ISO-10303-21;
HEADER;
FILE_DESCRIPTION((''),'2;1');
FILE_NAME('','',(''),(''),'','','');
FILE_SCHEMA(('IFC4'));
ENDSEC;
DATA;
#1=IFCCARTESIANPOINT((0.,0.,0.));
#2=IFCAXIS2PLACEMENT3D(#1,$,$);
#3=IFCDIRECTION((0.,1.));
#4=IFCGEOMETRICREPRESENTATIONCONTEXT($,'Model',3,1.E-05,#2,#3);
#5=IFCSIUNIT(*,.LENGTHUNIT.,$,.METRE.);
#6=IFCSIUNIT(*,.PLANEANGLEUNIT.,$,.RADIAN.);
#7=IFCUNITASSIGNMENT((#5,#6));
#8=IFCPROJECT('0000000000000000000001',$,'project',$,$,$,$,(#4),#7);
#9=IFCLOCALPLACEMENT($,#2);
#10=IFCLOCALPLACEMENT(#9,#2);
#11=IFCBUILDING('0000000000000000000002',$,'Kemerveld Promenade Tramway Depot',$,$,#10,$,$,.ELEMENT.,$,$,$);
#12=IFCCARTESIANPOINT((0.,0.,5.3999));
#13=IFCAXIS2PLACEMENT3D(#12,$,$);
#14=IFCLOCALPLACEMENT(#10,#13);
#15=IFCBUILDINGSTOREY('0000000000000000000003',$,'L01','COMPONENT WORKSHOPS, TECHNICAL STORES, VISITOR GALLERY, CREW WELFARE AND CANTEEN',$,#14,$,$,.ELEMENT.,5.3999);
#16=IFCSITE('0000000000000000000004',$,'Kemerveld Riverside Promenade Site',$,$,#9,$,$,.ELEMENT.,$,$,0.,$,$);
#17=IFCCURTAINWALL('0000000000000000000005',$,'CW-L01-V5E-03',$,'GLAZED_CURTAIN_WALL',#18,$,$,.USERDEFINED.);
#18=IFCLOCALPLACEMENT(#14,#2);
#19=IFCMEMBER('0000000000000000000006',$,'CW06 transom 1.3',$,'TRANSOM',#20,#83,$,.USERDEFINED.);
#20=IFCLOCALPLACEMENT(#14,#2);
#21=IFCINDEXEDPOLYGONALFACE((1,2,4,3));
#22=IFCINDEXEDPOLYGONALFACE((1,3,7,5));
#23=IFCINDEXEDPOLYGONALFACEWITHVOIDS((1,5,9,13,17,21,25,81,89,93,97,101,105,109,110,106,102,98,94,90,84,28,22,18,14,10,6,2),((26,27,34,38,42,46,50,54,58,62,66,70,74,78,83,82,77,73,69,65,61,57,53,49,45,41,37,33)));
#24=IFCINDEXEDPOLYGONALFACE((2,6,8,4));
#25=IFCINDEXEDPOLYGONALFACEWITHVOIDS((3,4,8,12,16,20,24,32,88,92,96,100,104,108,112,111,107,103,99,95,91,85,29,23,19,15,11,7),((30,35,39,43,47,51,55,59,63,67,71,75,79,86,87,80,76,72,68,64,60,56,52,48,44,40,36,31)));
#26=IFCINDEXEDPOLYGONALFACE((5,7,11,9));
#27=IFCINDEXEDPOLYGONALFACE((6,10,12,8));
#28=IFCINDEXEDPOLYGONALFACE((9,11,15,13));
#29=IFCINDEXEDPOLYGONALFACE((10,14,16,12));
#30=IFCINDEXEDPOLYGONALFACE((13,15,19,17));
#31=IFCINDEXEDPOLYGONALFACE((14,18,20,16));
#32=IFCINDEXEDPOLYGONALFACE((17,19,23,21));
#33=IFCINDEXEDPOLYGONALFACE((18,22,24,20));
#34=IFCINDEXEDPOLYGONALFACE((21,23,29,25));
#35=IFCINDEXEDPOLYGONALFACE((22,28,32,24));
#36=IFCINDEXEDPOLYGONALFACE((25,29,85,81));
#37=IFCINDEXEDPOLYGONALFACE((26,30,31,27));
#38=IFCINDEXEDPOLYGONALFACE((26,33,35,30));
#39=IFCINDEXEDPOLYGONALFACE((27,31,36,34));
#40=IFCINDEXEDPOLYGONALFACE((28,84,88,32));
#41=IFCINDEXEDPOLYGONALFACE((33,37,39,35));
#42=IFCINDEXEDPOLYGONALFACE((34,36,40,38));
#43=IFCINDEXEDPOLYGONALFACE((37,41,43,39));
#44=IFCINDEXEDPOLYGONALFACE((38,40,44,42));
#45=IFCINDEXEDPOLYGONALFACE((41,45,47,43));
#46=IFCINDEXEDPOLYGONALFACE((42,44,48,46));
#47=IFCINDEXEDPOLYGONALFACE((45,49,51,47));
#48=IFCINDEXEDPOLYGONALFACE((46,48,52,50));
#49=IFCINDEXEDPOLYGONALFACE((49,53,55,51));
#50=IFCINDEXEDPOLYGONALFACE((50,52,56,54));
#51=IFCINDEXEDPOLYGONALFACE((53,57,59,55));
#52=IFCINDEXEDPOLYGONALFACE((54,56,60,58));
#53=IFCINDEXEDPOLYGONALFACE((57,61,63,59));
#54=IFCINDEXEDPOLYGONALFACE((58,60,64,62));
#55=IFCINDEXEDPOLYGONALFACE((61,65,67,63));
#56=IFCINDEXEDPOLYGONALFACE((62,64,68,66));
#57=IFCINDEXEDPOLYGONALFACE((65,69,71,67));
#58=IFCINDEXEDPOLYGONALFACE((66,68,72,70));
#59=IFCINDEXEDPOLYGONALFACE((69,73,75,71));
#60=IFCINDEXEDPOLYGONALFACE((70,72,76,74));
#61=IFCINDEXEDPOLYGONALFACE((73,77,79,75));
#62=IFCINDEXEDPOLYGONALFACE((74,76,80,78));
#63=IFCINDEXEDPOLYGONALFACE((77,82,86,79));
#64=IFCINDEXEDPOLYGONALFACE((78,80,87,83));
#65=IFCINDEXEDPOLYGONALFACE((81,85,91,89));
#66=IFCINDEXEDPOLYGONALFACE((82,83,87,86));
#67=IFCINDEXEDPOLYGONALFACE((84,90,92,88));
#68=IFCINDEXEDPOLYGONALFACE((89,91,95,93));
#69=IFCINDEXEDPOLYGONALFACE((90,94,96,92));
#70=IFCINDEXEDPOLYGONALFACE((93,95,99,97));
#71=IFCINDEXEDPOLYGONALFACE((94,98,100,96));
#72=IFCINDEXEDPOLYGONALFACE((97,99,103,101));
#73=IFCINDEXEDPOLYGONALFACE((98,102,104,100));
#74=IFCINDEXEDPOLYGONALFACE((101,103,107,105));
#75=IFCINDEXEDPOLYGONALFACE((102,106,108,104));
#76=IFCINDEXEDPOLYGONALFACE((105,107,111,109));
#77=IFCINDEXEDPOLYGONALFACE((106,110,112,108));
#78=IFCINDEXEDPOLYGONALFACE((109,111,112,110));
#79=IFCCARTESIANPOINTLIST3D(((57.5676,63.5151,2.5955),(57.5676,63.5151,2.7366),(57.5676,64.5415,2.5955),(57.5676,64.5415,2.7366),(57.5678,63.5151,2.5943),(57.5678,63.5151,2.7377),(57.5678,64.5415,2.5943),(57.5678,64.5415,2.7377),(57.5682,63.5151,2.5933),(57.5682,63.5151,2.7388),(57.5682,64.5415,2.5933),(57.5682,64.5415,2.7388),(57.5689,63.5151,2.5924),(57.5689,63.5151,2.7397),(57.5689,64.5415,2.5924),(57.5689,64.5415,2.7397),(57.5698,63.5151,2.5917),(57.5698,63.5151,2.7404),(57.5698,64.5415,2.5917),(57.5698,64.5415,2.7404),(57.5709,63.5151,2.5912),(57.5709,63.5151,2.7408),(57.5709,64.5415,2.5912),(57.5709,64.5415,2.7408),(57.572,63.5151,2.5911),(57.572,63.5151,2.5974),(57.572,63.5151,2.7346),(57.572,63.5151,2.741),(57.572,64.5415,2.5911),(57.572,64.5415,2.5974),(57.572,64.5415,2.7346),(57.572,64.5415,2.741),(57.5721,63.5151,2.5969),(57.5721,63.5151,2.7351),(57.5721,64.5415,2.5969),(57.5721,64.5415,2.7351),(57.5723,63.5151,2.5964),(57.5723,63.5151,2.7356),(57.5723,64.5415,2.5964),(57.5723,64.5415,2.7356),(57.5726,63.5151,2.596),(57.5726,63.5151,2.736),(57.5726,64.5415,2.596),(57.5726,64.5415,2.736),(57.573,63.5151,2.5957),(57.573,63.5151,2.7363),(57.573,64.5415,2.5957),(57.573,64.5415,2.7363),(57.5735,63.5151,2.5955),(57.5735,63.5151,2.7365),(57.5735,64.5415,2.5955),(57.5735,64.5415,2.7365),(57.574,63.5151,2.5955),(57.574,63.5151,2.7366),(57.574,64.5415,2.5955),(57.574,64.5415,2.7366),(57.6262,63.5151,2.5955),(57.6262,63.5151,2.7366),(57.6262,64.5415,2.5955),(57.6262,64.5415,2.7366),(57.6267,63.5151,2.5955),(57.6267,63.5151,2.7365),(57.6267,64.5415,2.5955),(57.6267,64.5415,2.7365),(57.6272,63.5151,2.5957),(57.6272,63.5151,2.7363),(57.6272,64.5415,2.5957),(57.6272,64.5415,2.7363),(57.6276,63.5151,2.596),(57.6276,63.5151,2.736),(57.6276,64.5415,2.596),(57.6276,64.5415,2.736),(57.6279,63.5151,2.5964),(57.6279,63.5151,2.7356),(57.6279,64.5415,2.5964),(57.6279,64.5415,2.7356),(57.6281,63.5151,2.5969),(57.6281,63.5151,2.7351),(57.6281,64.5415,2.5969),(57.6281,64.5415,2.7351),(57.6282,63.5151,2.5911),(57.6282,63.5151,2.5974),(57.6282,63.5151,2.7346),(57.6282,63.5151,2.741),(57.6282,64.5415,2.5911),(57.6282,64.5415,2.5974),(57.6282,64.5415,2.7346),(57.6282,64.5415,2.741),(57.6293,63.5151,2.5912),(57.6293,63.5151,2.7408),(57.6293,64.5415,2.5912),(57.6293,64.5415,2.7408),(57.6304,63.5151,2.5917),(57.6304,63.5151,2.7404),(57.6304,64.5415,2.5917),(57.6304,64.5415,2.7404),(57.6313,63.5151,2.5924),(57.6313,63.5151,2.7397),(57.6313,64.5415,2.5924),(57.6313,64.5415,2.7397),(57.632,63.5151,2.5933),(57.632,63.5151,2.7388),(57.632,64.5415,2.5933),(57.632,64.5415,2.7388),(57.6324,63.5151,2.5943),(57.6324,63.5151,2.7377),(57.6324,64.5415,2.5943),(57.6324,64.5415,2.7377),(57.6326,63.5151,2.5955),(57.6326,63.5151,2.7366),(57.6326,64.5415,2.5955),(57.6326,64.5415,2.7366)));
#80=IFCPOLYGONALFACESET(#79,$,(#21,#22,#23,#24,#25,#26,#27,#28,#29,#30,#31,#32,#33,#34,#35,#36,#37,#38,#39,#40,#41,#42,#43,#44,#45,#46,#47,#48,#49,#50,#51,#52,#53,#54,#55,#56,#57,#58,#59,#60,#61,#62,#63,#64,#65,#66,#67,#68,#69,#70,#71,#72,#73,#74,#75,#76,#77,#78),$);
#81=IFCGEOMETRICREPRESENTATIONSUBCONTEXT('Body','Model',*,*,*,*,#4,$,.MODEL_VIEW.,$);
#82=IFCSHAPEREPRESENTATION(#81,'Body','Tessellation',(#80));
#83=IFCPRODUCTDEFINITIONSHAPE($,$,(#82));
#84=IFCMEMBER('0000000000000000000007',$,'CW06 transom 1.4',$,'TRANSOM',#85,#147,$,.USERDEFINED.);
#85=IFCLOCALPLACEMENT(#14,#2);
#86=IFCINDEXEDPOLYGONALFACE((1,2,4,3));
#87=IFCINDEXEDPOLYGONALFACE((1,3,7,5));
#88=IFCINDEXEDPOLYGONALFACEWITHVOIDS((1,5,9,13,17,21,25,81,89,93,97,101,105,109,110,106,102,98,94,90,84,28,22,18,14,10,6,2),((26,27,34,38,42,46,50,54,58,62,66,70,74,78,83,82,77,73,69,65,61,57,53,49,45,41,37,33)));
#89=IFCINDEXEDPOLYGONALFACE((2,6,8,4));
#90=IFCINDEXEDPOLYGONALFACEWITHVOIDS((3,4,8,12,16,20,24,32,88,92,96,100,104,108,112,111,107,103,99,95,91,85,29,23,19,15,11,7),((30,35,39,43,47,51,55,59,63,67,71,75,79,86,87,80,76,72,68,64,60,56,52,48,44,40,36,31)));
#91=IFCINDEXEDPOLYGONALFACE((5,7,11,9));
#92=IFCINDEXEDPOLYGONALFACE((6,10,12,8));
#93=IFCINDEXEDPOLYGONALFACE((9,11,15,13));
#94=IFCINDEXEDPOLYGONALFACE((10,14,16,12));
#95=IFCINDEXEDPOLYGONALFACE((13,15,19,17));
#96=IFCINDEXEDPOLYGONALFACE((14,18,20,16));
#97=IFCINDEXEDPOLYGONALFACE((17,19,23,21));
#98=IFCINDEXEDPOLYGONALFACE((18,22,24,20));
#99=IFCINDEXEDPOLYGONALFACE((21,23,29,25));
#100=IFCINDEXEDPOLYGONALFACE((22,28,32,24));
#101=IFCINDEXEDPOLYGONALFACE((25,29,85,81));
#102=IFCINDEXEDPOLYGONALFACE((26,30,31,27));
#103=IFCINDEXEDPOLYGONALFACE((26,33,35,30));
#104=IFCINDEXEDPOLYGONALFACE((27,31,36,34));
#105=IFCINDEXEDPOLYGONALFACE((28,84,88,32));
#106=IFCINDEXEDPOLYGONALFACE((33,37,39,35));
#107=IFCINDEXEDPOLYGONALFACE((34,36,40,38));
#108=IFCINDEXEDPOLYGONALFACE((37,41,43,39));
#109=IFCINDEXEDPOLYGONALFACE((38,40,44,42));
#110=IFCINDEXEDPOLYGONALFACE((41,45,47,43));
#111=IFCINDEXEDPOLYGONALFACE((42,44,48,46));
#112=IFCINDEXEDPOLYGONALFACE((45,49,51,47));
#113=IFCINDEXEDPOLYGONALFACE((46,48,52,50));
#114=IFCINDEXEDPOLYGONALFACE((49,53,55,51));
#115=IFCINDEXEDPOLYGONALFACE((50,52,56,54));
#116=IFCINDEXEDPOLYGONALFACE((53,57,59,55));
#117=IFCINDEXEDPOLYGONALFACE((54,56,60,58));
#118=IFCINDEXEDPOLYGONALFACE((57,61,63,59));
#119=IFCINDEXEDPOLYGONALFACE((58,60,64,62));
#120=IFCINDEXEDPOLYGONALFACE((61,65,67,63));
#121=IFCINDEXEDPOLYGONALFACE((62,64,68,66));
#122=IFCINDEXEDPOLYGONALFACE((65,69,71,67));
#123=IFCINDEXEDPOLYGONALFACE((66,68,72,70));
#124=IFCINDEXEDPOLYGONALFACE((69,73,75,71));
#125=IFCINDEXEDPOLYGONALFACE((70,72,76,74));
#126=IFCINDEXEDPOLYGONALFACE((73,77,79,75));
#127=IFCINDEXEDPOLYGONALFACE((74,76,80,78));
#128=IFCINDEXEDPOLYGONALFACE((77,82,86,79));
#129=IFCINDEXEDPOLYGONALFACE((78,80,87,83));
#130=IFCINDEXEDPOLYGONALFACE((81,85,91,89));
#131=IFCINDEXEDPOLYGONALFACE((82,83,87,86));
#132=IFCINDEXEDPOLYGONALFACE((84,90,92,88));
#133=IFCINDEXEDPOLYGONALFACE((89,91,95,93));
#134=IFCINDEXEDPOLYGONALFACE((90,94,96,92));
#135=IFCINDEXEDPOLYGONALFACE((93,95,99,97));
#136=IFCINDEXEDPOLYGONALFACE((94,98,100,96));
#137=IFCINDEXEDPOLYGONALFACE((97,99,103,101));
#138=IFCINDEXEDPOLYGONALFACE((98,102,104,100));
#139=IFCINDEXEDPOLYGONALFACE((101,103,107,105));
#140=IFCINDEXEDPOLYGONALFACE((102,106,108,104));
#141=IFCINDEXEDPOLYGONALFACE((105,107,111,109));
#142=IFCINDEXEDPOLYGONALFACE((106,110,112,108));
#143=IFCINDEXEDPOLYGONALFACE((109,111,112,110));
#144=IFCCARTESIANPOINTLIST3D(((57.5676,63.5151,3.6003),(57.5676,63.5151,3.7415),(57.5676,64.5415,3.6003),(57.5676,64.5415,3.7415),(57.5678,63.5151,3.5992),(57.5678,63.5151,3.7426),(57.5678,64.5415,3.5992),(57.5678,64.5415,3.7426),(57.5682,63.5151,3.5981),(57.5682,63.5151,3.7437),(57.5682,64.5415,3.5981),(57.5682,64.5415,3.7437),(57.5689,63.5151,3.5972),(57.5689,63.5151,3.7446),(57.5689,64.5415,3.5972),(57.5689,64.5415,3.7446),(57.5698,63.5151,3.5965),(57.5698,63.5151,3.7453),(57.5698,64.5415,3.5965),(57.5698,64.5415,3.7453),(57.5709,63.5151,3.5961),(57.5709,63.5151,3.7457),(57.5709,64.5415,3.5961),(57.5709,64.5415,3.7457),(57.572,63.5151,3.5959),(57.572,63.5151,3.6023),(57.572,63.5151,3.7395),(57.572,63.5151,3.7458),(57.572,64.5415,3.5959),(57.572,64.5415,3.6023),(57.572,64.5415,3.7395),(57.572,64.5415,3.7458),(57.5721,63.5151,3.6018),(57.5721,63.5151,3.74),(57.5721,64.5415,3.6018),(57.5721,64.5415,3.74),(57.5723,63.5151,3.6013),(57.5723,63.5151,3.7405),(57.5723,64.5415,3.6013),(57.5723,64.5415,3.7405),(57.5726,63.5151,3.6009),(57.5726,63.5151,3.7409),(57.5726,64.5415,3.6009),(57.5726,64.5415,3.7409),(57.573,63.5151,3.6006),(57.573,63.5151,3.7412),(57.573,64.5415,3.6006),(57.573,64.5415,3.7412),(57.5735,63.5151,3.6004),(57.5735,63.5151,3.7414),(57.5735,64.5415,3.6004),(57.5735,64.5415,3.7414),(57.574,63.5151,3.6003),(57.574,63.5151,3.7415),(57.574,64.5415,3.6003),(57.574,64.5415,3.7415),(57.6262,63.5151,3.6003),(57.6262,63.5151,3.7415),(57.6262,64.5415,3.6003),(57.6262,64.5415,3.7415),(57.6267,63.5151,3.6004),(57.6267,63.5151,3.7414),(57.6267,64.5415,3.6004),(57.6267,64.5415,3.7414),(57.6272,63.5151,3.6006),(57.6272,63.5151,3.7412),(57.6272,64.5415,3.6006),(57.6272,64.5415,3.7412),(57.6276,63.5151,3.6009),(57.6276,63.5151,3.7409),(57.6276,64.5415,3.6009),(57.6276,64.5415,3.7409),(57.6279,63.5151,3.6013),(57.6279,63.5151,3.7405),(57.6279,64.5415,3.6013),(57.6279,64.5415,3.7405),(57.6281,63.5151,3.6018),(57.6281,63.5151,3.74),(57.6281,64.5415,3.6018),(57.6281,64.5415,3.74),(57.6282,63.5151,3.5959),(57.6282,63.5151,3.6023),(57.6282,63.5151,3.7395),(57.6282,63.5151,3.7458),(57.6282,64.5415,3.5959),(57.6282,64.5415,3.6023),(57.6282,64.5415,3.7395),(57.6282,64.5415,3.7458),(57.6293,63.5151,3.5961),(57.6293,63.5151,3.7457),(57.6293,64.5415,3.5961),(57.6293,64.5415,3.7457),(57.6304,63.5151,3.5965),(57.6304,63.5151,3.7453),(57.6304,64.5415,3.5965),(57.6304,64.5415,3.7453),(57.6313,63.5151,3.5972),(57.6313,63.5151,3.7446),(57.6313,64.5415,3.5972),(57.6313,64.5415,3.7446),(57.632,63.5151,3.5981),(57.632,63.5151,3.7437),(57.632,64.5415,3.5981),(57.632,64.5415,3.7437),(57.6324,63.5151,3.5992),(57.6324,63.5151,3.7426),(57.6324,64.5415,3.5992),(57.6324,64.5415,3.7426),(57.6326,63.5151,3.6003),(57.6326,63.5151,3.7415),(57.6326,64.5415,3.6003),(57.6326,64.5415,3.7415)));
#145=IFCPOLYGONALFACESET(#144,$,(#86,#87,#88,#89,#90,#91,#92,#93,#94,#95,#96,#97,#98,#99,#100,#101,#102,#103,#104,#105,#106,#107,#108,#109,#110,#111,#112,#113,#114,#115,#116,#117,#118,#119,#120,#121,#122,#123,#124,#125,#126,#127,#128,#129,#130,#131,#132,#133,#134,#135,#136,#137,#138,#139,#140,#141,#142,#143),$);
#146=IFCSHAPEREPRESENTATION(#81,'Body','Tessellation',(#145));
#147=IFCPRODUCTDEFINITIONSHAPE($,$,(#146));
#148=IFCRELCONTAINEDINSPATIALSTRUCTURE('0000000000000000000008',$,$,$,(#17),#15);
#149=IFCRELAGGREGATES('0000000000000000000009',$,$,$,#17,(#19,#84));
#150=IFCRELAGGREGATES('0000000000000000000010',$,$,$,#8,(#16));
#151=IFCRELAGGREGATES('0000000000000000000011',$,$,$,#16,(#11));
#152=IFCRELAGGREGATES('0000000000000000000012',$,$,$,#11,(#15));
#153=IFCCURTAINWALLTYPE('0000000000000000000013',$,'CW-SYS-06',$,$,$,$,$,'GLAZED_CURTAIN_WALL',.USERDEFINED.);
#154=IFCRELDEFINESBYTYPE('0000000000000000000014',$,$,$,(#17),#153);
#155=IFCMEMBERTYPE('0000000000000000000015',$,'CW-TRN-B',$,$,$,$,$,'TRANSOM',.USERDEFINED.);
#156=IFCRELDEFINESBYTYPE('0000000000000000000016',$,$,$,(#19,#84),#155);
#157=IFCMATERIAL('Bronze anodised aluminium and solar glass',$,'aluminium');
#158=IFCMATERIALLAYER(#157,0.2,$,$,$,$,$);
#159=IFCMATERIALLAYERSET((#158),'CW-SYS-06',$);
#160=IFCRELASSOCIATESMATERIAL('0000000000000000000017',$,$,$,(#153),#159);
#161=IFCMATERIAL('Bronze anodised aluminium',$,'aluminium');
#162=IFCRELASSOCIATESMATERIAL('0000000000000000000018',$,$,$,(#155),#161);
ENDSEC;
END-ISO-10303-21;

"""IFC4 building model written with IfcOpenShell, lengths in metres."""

from ifc_helpers import new_model, si_unit, direction, frame, origin, origin_2d, place, context, subcontext, project, spatial, hollow_rectangle, extrude, material, layer, layer_set, material_profile, profile_set, type_object, element, aggregate, save


model = new_model("IFC4")

# Units and contexts
model_context = context("Model", 3, precision=1e-05, world=origin(), true_north=direction((0.0, 1.0)))
body_context = subcontext(model_context, "Body", "Model", "MODEL_VIEW")
ifc_project = project(units=[si_unit("LENGTHUNIT", "METRE"), si_unit("PLANEANGLEUNIT", "RADIAN")], contexts=[model_context])

# Site, building, storey
site_placement = place(None, origin())
site = spatial("IfcSite", under=ifc_project, at=site_placement, Name="Kemerveld Riverside Promenade Site", CompositionType="ELEMENT", RefElevation=0.0)
building_placement = place(site_placement, origin())
building = spatial("IfcBuilding", under=site, at=building_placement, Name="Kemerveld Promenade Tramway Depot", CompositionType="ELEMENT")
storey_placement = place(building_placement, frame((0.0, 0.0, 5.3999)))
storey = spatial("IfcBuildingStorey", under=building, at=storey_placement, Name="L01", Description="COMPONENT WORKSHOPS, TECHNICAL STORES, VISITOR GALLERY, CREW WELFARE AND CANTEEN", CompositionType="ELEMENT", Elevation=5.3999)

# Shared definitions
ifc_material_1 = material(Name="Bronze anodised aluminium and solar glass", Category="aluminium")
ifc_material_2 = material(Name="Bronze anodised aluminium", Category="aluminium")

# Curtain wall
ifc_layer_1 = layer(ifc_material_1, 0.2)
ifc_layer_set_1 = layer_set([ifc_layer_1], Name="CW-SYS-06")
curtain_wall_type_1 = type_object("IfcCurtainWallType", Name="CW-SYS-06", ElementType="GLAZED_CURTAIN_WALL", PredefinedType="USERDEFINED", material=ifc_layer_set_1)
curtain_wall_1_placement = place(storey_placement, origin())
curtain_wall_1 = element("IfcCurtainWall", 1, at=curtain_wall_1_placement, inside=storey, type_object=curtain_wall_type_1, Name="CW-L01-V5E-03", ObjectType="GLAZED_CURTAIN_WALL", PredefinedType="USERDEFINED")

# Members
ifc_material_profile_1 = material_profile(ifc_material_2, hollow_rectangle(XDim=0.0649, YDim=0.1499, WallThickness=0.0044, InnerFilletRadius=0.002, OuterFilletRadius=0.0044, at=origin_2d()), Name="CW-TRN-150x65")
ifc_profile_set_1 = profile_set([ifc_material_profile_1], Name="Bronze anodised aluminium")
member_type_1 = type_object("IfcMemberType", Name="CW-TRN-B", ElementType="TRANSOM", PredefinedType="USERDEFINED", material=ifc_profile_set_1)
member_1_placement = place(storey_placement, frame((57.6001, 64.5415, 2.666), z_axis=(0.0, -1.0, 0.0), x_axis=(1.0, 0.0, 0.0)))
member_1 = element("IfcMember", 2, at=member_1_placement, type_object=member_type_1, Name="CW06 transom 1.3", ObjectType="TRANSOM", PredefinedType="USERDEFINED", context=body_context, shape_type="SweptSolid", body=[
    extrude(hollow_rectangle(XDim=0.0649, YDim=0.1499, WallThickness=0.0044, InnerFilletRadius=0.002, OuterFilletRadius=0.0044, at=origin_2d()), origin(), (0.0, 0.0, 1.0), 1.0264),
])
member_2_placement = place(storey_placement, frame((57.6001, 64.5415, 3.6709), z_axis=(0.0, -1.0, 0.0), x_axis=(1.0, 0.0, 0.0)))
member_2 = element("IfcMember", 3, at=member_2_placement, type_object=member_type_1, Name="CW06 transom 1.4", ObjectType="TRANSOM", PredefinedType="USERDEFINED", context=body_context, shape_type="SweptSolid", body=[
    extrude(hollow_rectangle(XDim=0.0649, YDim=0.1499, WallThickness=0.0044, InnerFilletRadius=0.002, OuterFilletRadius=0.0044, at=origin_2d()), origin(), (0.0, 0.0, 1.0), 1.0264),
])

aggregate(curtain_wall_1, [member_1, member_2])

save(model, "model.ifc")
